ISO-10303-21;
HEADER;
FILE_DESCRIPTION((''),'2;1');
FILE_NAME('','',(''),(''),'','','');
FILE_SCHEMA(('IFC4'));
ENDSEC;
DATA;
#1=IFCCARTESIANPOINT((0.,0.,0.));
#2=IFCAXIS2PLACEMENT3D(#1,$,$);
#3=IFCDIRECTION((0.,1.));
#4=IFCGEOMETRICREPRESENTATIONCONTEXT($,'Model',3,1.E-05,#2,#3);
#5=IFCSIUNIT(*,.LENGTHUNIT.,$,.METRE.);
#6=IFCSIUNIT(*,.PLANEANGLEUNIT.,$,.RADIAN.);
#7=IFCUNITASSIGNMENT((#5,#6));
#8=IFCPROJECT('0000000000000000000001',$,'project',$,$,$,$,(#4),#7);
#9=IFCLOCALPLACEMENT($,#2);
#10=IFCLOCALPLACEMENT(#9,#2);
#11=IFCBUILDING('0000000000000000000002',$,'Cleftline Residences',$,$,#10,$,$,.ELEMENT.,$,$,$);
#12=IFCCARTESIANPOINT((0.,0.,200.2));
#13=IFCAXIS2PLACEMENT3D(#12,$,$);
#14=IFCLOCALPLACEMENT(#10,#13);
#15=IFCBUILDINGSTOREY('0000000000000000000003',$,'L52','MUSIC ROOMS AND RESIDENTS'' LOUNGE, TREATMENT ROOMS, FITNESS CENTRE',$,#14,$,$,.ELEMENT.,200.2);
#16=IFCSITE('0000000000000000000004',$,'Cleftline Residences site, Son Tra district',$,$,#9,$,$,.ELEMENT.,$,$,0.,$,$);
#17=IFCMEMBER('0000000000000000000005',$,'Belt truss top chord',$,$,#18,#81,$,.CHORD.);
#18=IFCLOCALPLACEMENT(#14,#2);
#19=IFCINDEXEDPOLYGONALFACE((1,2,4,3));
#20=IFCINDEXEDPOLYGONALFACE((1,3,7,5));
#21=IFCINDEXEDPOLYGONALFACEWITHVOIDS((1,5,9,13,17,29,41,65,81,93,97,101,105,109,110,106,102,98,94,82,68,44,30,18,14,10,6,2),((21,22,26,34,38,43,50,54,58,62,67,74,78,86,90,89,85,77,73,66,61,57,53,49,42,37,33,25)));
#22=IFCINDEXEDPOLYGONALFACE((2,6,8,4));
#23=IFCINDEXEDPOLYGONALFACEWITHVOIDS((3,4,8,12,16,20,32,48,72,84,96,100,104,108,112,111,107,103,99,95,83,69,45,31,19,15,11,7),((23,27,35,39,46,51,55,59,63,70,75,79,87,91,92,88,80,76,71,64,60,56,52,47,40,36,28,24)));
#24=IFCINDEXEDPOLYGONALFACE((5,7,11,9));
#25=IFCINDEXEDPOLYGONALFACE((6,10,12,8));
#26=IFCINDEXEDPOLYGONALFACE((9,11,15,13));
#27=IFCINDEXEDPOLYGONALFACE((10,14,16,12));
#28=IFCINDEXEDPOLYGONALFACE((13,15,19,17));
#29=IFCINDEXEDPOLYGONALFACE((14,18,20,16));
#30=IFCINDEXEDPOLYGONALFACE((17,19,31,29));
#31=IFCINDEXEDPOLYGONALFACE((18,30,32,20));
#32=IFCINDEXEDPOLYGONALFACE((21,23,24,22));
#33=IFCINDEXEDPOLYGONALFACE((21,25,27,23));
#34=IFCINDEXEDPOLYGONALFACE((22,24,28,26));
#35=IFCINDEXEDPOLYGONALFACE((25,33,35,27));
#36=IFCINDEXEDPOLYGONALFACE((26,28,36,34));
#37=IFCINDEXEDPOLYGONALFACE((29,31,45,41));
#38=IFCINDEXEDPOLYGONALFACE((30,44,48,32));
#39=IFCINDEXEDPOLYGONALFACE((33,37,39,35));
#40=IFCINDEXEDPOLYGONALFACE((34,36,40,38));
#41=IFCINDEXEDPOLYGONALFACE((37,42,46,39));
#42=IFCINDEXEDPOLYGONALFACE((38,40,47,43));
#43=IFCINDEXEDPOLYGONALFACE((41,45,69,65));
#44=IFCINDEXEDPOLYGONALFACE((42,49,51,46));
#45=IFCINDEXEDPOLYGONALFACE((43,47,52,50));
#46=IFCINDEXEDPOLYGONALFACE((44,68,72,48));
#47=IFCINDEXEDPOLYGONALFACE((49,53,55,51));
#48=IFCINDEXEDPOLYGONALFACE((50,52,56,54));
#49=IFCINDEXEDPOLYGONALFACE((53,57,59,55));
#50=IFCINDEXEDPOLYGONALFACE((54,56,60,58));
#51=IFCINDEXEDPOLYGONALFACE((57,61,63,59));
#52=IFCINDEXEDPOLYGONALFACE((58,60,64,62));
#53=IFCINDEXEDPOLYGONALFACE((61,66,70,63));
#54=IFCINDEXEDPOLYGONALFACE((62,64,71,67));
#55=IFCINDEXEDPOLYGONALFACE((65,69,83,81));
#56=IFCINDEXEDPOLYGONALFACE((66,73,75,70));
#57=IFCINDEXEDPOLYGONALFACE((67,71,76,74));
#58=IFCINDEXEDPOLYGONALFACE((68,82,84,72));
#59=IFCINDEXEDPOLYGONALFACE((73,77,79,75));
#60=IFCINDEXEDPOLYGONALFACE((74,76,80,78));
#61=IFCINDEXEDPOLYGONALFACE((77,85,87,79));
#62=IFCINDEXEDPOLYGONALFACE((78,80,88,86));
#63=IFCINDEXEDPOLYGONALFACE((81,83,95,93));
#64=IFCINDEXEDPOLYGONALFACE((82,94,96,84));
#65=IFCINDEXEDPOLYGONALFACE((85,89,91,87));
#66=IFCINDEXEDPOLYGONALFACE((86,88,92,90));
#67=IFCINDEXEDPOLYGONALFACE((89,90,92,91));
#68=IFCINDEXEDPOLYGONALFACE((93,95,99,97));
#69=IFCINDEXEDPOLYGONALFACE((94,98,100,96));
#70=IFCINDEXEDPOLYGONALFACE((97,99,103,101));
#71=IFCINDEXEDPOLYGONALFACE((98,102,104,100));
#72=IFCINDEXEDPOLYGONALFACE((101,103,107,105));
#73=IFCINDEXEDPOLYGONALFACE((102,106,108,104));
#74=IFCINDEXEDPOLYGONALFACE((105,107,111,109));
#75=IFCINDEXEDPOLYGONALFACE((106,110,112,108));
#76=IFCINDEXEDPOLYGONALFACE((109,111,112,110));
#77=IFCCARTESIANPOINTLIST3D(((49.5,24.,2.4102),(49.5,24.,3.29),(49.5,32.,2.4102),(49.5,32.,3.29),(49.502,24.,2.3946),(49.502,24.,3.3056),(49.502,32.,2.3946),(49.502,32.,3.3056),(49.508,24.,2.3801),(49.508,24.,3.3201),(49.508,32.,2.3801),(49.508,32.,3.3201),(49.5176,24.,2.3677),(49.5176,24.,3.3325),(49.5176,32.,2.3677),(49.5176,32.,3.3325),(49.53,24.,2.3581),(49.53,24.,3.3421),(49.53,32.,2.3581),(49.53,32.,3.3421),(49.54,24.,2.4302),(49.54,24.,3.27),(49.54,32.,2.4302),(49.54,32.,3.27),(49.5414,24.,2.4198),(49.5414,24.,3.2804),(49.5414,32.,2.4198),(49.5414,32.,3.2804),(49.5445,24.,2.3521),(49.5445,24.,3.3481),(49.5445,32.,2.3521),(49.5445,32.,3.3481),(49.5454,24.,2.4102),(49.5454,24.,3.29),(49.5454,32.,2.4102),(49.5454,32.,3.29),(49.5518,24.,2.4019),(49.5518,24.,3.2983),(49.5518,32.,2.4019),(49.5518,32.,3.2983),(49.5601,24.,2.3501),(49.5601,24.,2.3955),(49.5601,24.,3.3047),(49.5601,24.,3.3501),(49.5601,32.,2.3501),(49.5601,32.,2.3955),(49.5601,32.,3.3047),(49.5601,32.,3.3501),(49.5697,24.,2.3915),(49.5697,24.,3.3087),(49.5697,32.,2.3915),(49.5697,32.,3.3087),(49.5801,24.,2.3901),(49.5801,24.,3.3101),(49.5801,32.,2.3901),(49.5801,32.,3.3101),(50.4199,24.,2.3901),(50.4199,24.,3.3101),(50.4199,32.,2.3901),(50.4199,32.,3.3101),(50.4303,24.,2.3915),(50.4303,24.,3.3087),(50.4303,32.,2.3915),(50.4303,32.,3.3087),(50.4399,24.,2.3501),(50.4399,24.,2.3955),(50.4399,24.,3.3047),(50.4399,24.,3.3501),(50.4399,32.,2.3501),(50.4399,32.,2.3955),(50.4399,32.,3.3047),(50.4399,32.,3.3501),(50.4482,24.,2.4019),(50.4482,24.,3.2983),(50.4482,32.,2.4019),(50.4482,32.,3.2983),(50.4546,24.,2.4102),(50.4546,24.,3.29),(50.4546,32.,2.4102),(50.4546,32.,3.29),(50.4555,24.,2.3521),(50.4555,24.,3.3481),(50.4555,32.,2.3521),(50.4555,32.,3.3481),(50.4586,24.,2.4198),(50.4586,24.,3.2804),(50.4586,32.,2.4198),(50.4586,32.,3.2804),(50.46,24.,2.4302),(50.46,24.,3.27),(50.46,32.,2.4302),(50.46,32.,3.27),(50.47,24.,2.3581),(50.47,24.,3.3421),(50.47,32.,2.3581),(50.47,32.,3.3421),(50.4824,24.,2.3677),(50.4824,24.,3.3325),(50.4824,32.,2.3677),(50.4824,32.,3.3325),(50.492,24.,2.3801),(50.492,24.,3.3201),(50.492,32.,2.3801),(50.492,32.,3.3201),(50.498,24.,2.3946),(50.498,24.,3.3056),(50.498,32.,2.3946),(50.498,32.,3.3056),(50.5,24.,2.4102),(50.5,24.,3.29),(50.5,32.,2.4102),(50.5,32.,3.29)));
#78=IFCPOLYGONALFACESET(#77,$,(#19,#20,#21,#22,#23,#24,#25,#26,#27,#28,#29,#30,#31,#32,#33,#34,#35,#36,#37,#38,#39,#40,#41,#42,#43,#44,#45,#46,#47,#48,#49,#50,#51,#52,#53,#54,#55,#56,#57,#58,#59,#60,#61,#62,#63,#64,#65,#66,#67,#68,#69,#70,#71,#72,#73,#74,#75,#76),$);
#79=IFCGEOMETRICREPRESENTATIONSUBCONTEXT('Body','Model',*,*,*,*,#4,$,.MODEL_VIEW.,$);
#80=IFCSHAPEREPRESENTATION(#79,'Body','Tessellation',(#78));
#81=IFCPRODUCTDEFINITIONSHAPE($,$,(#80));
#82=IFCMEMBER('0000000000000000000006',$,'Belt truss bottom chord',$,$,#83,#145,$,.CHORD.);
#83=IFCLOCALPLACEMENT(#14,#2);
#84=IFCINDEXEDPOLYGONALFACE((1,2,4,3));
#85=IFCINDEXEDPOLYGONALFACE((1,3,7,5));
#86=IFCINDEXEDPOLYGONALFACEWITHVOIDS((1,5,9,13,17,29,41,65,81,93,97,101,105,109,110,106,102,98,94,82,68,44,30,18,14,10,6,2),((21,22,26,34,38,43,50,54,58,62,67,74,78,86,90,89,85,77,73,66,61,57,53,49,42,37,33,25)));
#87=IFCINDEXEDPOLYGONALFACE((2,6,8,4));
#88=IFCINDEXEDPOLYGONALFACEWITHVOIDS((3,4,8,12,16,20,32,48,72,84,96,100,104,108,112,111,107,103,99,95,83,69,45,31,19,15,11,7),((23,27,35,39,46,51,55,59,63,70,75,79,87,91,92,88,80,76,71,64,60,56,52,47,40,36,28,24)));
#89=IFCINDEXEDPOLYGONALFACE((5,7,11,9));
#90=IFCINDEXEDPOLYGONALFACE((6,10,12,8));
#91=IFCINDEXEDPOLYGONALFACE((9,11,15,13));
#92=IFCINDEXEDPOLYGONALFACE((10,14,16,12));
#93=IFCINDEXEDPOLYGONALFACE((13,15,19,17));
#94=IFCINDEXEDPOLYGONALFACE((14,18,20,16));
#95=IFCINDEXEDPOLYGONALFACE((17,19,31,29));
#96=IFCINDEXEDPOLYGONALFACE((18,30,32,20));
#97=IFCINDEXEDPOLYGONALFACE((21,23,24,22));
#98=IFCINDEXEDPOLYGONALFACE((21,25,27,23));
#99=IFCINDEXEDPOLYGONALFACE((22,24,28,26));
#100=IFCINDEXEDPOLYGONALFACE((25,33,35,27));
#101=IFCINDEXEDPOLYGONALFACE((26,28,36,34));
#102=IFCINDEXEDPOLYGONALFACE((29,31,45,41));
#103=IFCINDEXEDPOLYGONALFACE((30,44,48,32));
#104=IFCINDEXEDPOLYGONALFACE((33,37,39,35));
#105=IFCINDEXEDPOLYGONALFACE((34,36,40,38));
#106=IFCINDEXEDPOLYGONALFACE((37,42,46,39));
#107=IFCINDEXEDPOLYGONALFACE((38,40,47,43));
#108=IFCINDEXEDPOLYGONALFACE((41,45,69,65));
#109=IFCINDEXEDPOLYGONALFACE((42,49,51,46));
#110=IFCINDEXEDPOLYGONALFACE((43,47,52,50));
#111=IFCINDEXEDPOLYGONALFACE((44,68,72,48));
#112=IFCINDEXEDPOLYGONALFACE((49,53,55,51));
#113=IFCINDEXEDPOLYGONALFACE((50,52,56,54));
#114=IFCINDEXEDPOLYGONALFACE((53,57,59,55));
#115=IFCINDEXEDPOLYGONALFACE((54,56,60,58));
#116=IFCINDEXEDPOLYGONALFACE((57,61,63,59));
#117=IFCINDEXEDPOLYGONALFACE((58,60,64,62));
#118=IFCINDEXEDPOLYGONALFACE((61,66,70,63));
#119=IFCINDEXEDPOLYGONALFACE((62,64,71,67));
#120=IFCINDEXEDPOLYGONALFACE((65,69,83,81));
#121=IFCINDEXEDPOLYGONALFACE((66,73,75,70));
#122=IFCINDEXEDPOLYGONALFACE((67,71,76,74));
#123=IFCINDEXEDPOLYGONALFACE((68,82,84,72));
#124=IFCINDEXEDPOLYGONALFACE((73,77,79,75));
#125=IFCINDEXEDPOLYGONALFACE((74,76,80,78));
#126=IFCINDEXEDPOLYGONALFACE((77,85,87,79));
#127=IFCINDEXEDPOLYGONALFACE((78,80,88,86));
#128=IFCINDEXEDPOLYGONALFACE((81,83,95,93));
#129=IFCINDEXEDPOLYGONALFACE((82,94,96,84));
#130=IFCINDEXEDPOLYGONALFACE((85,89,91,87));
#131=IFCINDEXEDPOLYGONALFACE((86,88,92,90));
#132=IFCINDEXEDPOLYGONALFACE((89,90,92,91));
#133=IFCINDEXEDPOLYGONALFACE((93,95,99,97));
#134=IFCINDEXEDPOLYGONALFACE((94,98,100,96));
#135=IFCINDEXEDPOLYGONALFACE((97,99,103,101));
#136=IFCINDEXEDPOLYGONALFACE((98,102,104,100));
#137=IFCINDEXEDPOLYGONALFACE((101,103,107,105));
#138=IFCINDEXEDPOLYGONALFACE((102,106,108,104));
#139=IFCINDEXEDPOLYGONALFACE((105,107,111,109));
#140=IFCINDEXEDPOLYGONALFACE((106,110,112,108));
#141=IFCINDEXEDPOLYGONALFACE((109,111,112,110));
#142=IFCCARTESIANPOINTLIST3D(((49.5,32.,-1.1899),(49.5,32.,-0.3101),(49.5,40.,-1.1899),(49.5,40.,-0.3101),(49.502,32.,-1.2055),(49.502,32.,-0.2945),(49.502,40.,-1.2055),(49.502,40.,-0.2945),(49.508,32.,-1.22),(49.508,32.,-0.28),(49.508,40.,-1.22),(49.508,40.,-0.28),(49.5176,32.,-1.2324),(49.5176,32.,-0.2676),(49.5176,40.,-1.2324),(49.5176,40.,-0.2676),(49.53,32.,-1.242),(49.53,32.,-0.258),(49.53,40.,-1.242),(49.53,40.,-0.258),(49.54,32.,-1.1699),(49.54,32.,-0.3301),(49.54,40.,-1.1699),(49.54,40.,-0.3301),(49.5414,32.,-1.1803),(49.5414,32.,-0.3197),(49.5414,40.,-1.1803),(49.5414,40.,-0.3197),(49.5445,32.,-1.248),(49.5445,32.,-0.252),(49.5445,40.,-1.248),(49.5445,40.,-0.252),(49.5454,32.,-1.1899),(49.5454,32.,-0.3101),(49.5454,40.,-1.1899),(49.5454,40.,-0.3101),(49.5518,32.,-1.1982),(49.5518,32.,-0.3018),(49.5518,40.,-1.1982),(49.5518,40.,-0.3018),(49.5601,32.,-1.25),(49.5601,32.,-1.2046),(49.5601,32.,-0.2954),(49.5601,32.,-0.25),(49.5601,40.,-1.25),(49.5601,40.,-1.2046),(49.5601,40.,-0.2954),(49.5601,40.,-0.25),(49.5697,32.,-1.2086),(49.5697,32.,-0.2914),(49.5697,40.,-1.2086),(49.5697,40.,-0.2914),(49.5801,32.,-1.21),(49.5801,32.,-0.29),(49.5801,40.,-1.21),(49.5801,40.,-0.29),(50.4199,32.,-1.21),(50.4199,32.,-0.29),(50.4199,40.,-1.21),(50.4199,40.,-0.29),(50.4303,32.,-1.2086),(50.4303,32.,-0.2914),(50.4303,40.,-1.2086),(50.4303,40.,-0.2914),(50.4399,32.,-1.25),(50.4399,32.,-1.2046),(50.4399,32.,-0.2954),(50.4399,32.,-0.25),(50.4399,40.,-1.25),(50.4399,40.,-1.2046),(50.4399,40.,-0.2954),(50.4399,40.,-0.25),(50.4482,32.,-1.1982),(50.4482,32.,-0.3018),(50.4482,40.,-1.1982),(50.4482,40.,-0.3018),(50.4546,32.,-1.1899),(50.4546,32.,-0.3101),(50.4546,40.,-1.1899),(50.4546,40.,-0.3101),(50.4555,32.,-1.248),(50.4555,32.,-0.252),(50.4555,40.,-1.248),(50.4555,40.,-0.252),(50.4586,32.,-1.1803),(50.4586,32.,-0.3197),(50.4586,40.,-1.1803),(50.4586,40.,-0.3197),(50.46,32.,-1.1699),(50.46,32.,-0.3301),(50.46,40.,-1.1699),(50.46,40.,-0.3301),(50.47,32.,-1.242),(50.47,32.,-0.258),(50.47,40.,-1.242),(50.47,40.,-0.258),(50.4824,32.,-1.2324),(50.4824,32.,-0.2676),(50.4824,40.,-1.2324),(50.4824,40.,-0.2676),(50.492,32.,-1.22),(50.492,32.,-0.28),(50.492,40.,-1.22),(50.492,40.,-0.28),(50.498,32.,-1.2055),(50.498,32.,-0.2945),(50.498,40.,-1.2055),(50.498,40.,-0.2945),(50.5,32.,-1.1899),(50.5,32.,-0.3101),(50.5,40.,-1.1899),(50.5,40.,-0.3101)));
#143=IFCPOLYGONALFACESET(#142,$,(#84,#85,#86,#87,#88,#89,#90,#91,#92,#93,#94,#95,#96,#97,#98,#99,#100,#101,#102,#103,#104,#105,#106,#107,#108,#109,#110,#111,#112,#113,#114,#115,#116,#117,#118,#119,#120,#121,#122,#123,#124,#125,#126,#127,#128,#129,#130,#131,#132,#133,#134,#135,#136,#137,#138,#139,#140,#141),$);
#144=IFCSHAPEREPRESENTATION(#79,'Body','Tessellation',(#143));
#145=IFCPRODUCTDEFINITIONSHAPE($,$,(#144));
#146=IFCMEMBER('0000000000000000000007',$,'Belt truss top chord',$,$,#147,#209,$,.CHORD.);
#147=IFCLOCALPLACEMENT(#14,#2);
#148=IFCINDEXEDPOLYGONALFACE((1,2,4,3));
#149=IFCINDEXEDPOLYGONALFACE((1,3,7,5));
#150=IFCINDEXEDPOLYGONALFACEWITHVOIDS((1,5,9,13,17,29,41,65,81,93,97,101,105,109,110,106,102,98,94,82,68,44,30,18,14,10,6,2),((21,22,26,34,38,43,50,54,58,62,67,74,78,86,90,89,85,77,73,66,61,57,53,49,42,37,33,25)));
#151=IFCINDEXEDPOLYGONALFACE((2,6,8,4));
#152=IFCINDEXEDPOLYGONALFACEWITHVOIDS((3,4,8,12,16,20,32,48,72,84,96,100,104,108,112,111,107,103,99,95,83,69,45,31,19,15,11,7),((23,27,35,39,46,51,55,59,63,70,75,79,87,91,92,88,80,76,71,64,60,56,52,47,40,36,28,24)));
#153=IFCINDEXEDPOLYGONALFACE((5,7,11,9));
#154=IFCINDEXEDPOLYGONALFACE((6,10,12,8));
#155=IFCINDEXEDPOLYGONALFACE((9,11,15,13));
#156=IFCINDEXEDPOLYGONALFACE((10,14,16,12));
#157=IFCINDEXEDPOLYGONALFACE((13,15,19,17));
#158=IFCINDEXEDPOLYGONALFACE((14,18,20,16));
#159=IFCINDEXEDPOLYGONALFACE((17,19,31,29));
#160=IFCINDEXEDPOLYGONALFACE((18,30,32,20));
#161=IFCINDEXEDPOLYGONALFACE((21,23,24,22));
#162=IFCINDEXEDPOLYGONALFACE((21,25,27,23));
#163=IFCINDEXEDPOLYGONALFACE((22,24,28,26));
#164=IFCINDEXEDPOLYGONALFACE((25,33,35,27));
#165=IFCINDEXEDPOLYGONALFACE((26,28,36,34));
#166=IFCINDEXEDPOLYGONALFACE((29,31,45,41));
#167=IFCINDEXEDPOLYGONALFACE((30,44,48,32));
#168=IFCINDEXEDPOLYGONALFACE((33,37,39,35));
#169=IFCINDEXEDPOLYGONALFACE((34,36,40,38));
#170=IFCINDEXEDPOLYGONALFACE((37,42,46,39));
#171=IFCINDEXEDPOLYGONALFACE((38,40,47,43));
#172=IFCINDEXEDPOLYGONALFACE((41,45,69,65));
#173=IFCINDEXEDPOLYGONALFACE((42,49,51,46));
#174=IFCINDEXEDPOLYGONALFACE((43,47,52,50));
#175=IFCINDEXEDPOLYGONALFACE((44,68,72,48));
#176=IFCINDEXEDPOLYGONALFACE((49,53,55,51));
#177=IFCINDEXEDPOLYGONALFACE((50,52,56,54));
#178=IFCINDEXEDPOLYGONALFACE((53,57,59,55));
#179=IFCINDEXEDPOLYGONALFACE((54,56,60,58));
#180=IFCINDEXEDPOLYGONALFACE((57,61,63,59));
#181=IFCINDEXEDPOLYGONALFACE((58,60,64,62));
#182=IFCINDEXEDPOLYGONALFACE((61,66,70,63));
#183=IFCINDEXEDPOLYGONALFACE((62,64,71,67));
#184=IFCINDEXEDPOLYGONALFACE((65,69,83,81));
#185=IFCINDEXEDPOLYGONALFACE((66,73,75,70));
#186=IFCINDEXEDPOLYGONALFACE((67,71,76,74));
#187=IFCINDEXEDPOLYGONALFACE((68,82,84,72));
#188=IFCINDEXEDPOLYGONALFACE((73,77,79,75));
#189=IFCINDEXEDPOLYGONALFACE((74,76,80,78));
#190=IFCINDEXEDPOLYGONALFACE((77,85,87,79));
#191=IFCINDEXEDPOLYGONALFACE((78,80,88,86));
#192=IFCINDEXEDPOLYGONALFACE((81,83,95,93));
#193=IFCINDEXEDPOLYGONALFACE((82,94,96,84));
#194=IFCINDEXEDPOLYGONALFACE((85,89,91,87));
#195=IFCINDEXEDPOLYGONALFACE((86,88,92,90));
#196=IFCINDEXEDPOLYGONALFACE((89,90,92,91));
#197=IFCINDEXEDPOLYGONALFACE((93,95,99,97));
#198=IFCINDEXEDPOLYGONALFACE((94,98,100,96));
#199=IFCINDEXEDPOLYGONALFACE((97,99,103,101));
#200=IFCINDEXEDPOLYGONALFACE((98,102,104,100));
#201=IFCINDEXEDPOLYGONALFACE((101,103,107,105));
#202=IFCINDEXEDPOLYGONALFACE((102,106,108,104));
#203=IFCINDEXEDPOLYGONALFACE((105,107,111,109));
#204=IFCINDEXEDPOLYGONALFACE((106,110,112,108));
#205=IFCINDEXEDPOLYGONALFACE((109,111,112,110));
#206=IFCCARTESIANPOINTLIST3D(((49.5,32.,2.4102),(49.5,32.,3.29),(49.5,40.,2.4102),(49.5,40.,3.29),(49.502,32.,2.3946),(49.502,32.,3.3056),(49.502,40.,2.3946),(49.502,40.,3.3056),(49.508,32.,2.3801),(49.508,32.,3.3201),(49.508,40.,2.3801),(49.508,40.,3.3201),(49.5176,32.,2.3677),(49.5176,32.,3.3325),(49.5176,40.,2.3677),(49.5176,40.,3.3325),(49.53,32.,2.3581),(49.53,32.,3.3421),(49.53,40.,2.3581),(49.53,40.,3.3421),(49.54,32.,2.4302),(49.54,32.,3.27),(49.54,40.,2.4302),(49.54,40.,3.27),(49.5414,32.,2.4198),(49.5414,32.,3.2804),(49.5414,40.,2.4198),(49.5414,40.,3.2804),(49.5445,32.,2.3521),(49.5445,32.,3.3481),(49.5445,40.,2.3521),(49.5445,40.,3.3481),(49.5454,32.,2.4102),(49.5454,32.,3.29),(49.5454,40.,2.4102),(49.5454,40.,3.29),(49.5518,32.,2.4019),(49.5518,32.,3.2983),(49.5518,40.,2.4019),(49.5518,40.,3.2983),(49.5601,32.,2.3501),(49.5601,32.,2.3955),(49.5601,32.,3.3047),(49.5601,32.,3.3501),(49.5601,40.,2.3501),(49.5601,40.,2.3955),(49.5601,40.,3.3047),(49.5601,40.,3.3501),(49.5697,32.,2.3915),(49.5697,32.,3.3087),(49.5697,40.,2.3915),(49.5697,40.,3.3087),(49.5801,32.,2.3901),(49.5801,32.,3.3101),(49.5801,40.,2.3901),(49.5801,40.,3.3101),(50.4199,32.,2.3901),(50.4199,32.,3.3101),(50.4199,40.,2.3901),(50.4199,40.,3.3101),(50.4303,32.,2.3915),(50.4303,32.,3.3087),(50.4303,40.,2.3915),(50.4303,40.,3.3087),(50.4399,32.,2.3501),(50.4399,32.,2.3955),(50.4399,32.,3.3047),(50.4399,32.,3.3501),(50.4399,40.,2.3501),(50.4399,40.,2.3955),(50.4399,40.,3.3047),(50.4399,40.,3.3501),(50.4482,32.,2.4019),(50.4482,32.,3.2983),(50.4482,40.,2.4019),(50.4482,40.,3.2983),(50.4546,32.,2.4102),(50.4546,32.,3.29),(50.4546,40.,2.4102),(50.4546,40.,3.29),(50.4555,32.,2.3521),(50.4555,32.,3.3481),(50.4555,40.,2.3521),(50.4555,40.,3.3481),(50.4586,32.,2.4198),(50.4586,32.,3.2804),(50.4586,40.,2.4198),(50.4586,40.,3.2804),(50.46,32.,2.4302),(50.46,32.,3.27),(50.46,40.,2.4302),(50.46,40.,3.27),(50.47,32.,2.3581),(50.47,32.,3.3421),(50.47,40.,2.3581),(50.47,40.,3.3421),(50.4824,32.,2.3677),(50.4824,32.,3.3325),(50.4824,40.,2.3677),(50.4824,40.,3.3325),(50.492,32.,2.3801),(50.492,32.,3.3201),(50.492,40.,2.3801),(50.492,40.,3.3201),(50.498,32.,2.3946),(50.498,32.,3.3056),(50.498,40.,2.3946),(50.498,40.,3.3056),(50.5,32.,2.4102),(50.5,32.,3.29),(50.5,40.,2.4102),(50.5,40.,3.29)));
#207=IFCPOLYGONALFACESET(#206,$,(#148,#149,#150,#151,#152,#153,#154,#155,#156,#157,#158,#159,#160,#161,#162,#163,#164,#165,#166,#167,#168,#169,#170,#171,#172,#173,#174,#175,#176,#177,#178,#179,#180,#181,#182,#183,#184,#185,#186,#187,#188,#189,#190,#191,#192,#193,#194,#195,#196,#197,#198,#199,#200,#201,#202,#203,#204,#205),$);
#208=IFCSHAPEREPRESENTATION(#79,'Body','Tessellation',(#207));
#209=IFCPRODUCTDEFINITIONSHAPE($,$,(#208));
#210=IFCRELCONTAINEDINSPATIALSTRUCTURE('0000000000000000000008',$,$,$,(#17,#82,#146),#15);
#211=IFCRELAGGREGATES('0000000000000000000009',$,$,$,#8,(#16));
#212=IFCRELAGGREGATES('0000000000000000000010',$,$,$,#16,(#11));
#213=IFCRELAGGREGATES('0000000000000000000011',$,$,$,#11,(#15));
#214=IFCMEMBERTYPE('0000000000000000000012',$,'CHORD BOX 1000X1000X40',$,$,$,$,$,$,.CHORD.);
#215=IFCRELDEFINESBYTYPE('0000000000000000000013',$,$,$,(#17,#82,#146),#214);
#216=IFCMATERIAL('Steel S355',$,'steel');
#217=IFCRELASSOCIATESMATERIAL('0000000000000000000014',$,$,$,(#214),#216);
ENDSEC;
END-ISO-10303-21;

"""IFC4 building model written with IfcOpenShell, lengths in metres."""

from ifc_helpers import new_model, si_unit, direction, frame, origin, origin_2d, place, context, subcontext, project, spatial, hollow_rectangle, extrude, material, material_profile, profile_set, type_object, element, save


model = new_model("IFC4")

# Units and contexts
model_context = context("Model", 3, precision=1e-05, world=origin(), true_north=direction((0.0, 1.0)))
body_context = subcontext(model_context, "Body", "Model", "MODEL_VIEW")
ifc_project = project(units=[si_unit("LENGTHUNIT", "METRE"), si_unit("PLANEANGLEUNIT", "RADIAN")], contexts=[model_context])

# Site, building, storey
site_placement = place(None, origin())
site = spatial("IfcSite", under=ifc_project, at=site_placement, Name="Cleftline Residences site, Son Tra district", CompositionType="ELEMENT", RefElevation=0.0)
building_placement = place(site_placement, origin())
building = spatial("IfcBuilding", under=site, at=building_placement, Name="Cleftline Residences", CompositionType="ELEMENT")
storey_placement = place(building_placement, frame((0.0, 0.0, 200.2)))
storey = spatial("IfcBuildingStorey", under=building, at=storey_placement, Name="L52", Description="MUSIC ROOMS AND RESIDENTS' LOUNGE, TREATMENT ROOMS, FITNESS CENTRE", CompositionType="ELEMENT", Elevation=200.2)

# Members
ifc_material_1 = material(Name="Steel S355", Category="steel")
ifc_material_profile_1 = material_profile(ifc_material_1, hollow_rectangle(XDim=1.0, YDim=1.0, WallThickness=0.04, InnerFilletRadius=0.04, OuterFilletRadius=0.0601, at=origin_2d()))
ifc_profile_set_1 = profile_set([ifc_material_profile_1], Name="Steel S355")
member_type_1 = type_object("IfcMemberType", Name="CHORD BOX 1000X1000X40", PredefinedType="CHORD", material=ifc_profile_set_1)
for number, where, z_axis, x_axis, name in (
    (1, (50.0, 24.0, 2.8501), (0.0, 1.0, 0.0), (-1.0, 0.0, 0.0), "Belt truss top chord"),
    (2, (50.0, 32.0, -0.75), (0.0, 1.0, 0.0), (-1.0, 0.0, 0.0), "Belt truss bottom chord"),
    (3, (50.0, 32.0, 2.8501), (0.0, 1.0, 0.0), (-1.0, 0.0, 0.0), "Belt truss top chord"),
):
    element("IfcMember", number, at=place(storey_placement, frame(where, z_axis=z_axis, x_axis=x_axis)), inside=storey, type_object=member_type_1, Name=name, PredefinedType="CHORD", context=body_context, shape_type="SweptSolid", body=[
        extrude(hollow_rectangle(XDim=1.0, YDim=1.0, WallThickness=0.04, InnerFilletRadius=0.04, OuterFilletRadius=0.0601, at=origin_2d()), origin(), (0.0, 0.0, 1.0), 8.0),
    ])

save(model, "model.ifc")
